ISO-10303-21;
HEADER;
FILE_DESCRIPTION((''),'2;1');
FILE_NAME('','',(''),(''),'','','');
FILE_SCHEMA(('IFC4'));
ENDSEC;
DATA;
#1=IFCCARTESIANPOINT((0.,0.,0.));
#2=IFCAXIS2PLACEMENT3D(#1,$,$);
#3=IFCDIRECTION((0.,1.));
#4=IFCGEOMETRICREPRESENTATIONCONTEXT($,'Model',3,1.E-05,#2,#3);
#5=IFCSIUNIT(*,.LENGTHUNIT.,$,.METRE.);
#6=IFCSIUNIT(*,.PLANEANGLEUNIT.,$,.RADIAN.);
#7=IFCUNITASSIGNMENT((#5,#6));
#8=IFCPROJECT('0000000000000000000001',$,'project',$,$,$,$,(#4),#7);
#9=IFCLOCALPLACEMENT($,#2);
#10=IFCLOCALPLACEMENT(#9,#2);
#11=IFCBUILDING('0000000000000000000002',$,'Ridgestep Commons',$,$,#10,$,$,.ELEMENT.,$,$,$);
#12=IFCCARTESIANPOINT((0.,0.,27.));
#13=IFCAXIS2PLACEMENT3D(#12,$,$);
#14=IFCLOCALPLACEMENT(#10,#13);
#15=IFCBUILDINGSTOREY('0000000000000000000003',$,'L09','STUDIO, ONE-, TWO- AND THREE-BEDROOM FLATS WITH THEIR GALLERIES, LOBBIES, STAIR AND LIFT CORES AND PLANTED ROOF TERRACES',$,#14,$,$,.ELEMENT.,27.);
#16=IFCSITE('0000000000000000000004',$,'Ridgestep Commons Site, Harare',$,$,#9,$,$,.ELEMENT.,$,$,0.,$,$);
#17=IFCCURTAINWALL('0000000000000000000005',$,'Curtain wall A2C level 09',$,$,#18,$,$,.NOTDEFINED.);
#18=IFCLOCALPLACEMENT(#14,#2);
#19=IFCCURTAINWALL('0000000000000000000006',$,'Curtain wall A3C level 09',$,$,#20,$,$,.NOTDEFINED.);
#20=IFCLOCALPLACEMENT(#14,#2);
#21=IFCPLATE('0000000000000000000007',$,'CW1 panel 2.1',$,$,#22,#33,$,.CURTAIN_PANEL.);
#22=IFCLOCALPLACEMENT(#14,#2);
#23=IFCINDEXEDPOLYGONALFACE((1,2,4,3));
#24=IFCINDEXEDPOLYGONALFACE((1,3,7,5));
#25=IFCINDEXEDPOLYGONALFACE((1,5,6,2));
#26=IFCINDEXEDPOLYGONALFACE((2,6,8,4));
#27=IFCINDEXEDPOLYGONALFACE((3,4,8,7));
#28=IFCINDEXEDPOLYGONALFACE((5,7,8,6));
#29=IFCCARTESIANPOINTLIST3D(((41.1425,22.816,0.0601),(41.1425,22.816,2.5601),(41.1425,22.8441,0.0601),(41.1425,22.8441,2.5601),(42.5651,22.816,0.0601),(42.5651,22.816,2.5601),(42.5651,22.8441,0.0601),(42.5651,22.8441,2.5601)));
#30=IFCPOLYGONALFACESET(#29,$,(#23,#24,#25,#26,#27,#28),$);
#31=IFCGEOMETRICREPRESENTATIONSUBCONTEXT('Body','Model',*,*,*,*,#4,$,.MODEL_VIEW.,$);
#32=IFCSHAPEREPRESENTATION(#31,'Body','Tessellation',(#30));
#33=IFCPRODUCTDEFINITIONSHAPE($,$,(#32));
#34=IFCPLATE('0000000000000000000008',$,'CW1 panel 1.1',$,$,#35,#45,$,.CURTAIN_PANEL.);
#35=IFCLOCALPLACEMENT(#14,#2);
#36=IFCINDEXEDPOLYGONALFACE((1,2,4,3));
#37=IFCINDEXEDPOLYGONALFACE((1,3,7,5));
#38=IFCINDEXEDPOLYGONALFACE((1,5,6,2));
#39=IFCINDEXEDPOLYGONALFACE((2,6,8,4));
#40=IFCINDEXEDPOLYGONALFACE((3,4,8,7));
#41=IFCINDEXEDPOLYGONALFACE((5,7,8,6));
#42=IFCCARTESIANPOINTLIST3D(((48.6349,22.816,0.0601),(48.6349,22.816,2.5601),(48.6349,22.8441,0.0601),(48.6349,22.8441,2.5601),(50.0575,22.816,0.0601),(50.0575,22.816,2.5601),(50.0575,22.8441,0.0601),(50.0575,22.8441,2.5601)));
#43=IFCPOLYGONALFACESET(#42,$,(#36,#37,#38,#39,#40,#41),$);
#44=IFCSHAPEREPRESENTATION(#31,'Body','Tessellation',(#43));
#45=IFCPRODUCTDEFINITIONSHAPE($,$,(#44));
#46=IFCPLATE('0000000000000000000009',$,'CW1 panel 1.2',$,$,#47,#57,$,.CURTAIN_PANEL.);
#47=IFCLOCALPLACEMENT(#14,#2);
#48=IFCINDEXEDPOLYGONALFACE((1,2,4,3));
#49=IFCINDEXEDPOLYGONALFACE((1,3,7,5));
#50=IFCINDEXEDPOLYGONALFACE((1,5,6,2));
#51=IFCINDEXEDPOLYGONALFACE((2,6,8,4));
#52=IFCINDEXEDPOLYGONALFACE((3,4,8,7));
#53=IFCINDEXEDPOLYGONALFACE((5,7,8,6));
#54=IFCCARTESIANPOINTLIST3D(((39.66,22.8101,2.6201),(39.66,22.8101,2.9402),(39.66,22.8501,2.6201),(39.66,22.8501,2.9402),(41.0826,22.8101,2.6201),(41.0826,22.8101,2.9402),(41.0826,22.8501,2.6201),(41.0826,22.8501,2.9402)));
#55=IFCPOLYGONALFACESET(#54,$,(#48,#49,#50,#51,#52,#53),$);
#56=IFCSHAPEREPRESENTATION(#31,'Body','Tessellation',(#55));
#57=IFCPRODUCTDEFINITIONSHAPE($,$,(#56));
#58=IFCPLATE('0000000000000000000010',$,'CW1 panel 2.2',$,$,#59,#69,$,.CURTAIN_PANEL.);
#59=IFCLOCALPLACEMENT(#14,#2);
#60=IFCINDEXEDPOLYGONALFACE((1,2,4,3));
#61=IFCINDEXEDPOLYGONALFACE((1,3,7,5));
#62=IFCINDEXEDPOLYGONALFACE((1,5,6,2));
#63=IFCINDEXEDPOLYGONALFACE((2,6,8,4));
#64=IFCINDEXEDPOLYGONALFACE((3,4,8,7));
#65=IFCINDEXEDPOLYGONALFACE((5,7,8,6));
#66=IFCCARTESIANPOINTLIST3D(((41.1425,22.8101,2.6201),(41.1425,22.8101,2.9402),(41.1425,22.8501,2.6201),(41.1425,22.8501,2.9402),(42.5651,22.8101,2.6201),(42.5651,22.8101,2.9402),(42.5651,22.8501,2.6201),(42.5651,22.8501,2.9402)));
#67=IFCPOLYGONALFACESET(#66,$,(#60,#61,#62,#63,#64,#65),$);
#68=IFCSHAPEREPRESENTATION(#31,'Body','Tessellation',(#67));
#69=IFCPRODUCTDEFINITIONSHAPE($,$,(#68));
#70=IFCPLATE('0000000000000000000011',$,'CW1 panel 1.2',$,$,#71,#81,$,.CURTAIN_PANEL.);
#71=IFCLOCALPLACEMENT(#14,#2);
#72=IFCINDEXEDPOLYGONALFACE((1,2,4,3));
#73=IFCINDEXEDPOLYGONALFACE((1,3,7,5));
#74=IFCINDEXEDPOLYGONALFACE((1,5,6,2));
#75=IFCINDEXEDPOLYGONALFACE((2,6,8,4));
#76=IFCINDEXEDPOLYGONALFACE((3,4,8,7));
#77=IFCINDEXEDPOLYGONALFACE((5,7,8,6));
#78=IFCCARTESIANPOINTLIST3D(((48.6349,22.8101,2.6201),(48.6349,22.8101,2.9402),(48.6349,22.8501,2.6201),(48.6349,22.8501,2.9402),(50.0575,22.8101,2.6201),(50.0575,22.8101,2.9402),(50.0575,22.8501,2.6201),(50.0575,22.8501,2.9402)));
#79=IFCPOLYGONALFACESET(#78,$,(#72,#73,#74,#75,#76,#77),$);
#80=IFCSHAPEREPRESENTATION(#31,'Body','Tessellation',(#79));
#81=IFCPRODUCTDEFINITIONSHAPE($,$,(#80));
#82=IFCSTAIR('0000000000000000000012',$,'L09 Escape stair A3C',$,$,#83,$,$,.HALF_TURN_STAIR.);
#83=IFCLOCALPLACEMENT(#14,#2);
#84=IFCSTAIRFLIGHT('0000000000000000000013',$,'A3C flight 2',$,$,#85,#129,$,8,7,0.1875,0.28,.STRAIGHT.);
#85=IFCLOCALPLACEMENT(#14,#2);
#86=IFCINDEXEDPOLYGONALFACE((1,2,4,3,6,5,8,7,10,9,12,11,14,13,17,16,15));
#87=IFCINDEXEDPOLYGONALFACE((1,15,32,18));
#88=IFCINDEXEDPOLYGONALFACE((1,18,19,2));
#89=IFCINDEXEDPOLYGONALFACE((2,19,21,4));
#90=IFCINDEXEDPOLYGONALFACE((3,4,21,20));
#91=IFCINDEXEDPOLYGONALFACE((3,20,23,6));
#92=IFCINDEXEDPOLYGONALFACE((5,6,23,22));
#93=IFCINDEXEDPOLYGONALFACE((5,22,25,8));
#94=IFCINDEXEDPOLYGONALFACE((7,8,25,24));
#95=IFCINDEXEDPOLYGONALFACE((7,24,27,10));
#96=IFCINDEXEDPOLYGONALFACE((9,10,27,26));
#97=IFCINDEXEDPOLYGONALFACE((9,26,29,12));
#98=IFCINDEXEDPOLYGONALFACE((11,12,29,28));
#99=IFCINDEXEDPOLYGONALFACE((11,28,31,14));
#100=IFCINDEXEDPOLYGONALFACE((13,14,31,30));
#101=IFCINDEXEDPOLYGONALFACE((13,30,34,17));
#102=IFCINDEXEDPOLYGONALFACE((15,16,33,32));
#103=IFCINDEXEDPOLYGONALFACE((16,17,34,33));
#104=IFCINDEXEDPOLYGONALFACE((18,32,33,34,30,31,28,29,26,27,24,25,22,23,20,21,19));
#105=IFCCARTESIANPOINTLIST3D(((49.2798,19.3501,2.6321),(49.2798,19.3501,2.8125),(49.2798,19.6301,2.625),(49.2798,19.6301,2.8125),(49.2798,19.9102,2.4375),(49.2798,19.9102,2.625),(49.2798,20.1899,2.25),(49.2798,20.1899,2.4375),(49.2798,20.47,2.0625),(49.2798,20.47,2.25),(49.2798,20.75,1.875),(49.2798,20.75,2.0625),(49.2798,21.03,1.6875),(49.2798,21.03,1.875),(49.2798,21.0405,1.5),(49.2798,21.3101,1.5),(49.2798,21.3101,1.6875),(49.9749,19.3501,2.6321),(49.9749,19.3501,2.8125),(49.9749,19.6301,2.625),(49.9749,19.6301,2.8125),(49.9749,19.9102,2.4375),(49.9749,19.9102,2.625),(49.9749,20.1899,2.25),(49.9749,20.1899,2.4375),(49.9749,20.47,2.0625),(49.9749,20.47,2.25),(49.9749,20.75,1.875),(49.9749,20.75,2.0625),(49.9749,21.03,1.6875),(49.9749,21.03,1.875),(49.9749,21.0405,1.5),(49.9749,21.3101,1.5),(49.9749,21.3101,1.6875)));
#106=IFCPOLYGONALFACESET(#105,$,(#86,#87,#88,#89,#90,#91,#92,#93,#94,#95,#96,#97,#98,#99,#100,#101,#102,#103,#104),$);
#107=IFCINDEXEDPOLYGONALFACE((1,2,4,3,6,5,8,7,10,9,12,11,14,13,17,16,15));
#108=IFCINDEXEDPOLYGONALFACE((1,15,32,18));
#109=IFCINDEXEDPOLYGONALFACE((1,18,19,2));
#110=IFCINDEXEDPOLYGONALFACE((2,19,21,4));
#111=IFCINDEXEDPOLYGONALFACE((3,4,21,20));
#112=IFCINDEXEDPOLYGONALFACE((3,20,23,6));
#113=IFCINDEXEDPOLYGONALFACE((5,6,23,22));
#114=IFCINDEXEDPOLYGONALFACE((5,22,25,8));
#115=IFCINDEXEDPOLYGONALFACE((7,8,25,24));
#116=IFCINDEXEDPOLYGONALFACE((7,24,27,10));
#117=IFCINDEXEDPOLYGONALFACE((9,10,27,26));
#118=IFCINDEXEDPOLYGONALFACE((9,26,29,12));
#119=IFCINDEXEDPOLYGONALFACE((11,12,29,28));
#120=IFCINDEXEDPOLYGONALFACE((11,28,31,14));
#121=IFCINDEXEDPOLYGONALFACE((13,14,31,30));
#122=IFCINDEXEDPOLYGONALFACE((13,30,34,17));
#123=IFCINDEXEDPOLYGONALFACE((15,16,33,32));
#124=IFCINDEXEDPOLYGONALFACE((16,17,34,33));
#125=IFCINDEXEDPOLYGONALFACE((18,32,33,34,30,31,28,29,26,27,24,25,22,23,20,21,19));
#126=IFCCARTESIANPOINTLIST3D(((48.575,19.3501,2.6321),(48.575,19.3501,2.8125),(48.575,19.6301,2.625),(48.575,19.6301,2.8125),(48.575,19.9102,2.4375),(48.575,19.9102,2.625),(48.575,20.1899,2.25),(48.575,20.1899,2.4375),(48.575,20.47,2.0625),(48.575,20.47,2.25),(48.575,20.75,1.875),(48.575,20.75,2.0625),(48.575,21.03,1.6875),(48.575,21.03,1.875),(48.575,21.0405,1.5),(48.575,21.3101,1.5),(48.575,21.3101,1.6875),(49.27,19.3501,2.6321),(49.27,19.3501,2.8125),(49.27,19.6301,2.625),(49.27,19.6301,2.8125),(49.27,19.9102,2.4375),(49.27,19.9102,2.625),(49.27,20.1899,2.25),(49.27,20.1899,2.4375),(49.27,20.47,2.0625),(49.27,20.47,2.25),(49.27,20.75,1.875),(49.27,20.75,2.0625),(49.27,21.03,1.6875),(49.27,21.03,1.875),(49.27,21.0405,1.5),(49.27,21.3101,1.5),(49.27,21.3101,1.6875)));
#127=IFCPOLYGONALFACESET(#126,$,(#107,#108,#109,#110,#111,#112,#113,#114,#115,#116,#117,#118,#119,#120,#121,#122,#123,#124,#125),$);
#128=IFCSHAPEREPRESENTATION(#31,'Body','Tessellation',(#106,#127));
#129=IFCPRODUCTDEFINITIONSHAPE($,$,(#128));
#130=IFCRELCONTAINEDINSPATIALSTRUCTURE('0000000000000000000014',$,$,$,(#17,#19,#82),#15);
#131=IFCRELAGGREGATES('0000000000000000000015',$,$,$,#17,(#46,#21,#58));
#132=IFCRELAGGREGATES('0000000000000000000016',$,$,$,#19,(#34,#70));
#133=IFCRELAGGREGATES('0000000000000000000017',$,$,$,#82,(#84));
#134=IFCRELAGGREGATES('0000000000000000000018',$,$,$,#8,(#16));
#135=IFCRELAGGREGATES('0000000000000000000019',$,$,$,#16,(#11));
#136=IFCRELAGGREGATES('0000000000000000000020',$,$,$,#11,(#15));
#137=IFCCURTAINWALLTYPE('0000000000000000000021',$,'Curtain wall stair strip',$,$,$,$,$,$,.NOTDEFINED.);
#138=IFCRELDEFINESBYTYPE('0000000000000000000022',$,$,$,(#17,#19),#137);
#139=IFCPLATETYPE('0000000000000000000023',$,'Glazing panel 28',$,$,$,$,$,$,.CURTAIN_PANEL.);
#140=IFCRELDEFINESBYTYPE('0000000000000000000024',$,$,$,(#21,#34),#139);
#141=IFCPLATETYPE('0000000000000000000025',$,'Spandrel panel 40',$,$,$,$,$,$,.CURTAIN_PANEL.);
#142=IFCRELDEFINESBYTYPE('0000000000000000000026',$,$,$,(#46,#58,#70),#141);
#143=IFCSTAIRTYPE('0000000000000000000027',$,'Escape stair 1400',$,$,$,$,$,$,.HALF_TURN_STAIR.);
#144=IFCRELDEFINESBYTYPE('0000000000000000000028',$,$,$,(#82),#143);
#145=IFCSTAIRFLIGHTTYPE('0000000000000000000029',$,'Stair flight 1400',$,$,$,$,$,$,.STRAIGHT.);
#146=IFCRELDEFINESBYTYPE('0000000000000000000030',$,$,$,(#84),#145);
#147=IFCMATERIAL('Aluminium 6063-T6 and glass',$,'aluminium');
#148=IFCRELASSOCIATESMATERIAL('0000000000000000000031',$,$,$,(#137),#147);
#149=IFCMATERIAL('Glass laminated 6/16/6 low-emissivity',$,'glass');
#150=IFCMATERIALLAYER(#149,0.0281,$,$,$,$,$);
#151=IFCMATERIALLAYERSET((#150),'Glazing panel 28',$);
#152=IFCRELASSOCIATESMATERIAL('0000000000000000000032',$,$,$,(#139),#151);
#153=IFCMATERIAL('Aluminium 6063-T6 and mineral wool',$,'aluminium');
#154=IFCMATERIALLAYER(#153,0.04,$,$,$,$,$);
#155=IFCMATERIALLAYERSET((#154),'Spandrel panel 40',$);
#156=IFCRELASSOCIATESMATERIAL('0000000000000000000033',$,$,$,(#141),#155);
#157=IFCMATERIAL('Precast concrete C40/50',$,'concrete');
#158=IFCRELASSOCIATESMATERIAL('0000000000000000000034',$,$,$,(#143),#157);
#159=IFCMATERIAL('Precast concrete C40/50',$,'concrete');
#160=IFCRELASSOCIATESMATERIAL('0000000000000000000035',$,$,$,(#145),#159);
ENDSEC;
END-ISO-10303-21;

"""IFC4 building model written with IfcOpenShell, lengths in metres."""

from ifc_helpers import new_model, si_unit, direction, frame, origin, origin_2d, place, context, subcontext, project, spatial, polyline, rectangle, outline, extrude, material, layer, layer_set, type_object, element, aggregate, save


model = new_model("IFC4")

# Units and contexts
model_context = context("Model", 3, precision=1e-05, world=origin(), true_north=direction((0.0, 1.0)))
body_context = subcontext(model_context, "Body", "Model", "MODEL_VIEW")
ifc_project = project(units=[si_unit("LENGTHUNIT", "METRE"), si_unit("PLANEANGLEUNIT", "RADIAN")], contexts=[model_context])

# Site, building, storey
site_placement = place(None, origin())
site = spatial("IfcSite", under=ifc_project, at=site_placement, Name="Ridgestep Commons Site, Harare", CompositionType="ELEMENT", RefElevation=0.0)
building_placement = place(site_placement, origin())
building = spatial("IfcBuilding", under=site, at=building_placement, Name="Ridgestep Commons", CompositionType="ELEMENT")
storey_placement = place(building_placement, frame((0.0, 0.0, 27.0)))
storey = spatial("IfcBuildingStorey", under=building, at=storey_placement, Name="L09", Description="STUDIO, ONE-, TWO- AND THREE-BEDROOM FLATS WITH THEIR GALLERIES, LOBBIES, STAIR AND LIFT CORES AND PLANTED ROOF TERRACES", CompositionType="ELEMENT", Elevation=27.0)

# Curtain walls
ifc_material_1 = material(Name="Aluminium 6063-T6 and glass", Category="aluminium")
curtain_wall_type = type_object("IfcCurtainWallType", Name="Curtain wall stair strip", PredefinedType="NOTDEFINED", material=ifc_material_1)
curtain_wall_1_placement = place(storey_placement, origin())
curtain_wall_1 = element("IfcCurtainWall", 1, at=curtain_wall_1_placement, inside=storey, type_object=curtain_wall_type, Name="Curtain wall A2C level 09", PredefinedType="NOTDEFINED")
curtain_wall_2_placement = place(storey_placement, origin())
curtain_wall_2 = element("IfcCurtainWall", 2, at=curtain_wall_2_placement, inside=storey, type_object=curtain_wall_type, Name="Curtain wall A3C level 09", PredefinedType="NOTDEFINED")

# Plates
ifc_material_2 = material(Name="Glass laminated 6/16/6 low-emissivity", Category="glass")
ifc_layer_1 = layer(ifc_material_2, 0.0281)
ifc_layer_set_1 = layer_set([ifc_layer_1], Name="Glazing panel 28")
plate_type_1 = type_object("IfcPlateType", Name="Glazing panel 28", PredefinedType="CURTAIN_PANEL", material=ifc_layer_set_1)
plate_1_placement = place(storey_placement, frame((41.8538, 22.8301, 0.0601), z_axis=(0.0, 0.0, 1.0), x_axis=(1.0, 0.0, 0.0)))
plate_1 = element("IfcPlate", 3, at=plate_1_placement, type_object=plate_type_1, Name="CW1 panel 2.1", PredefinedType="CURTAIN_PANEL", context=body_context, shape_type="SweptSolid", body=[
    extrude(rectangle(XDim=1.4226, YDim=0.0281, at=origin_2d()), origin(), (0.0, 0.0, 1.0), 2.5),
])
plate_2_placement = place(storey_placement, frame((49.3462, 22.8301, 0.0601), z_axis=(0.0, 0.0, 1.0), x_axis=(1.0, 0.0, 0.0)))
plate_2 = element("IfcPlate", 4, at=plate_2_placement, type_object=plate_type_1, Name="CW1 panel 1.1", PredefinedType="CURTAIN_PANEL", context=body_context, shape_type="SweptSolid", body=[
    extrude(rectangle(XDim=1.4226, YDim=0.0281, at=origin_2d()), origin(), (0.0, 0.0, 1.0), 2.5),
])
ifc_material_3 = material(Name="Aluminium 6063-T6 and mineral wool", Category="aluminium")
ifc_layer_2 = layer(ifc_material_3, 0.04)
ifc_layer_set_2 = layer_set([ifc_layer_2], Name="Spandrel panel 40")
plate_type_2 = type_object("IfcPlateType", Name="Spandrel panel 40", PredefinedType="CURTAIN_PANEL", material=ifc_layer_set_2)
plate_3_placement = place(storey_placement, frame((40.3713, 22.8301, 2.6201), z_axis=(0.0, 0.0, 1.0), x_axis=(1.0, 0.0, 0.0)))
plate_3 = element("IfcPlate", 5, at=plate_3_placement, type_object=plate_type_2, Name="CW1 panel 1.2", PredefinedType="CURTAIN_PANEL", context=body_context, shape_type="SweptSolid", body=[
    extrude(rectangle(XDim=1.4226, YDim=0.04, at=origin_2d()), origin(), (0.0, 0.0, 1.0), 0.3201),
])
plate_4_placement = place(storey_placement, frame((41.8538, 22.8301, 2.6201), z_axis=(0.0, 0.0, 1.0), x_axis=(1.0, 0.0, 0.0)))
plate_4 = element("IfcPlate", 6, at=plate_4_placement, type_object=plate_type_2, Name="CW1 panel 2.2", PredefinedType="CURTAIN_PANEL", context=body_context, shape_type="SweptSolid", body=[
    extrude(rectangle(XDim=1.4226, YDim=0.04, at=origin_2d()), origin(), (0.0, 0.0, 1.0), 0.3201),
])
aggregate(curtain_wall_1, [plate_3, plate_1, plate_4])
plate_5_placement = place(storey_placement, frame((49.3462, 22.8301, 2.6201), z_axis=(0.0, 0.0, 1.0), x_axis=(1.0, 0.0, 0.0)))
plate_5 = element("IfcPlate", 7, at=plate_5_placement, type_object=plate_type_2, Name="CW1 panel 1.2", PredefinedType="CURTAIN_PANEL", context=body_context, shape_type="SweptSolid", body=[
    extrude(rectangle(XDim=1.4226, YDim=0.04, at=origin_2d()), origin(), (0.0, 0.0, 1.0), 0.3201),
])
aggregate(curtain_wall_2, [plate_2, plate_5])

# Stair, stair flight
ifc_material_4 = material(Name="Precast concrete C40/50", Category="concrete")
stair_type = type_object("IfcStairType", Name="Escape stair 1400", PredefinedType="HALF_TURN_STAIR", material=ifc_material_4)
stair_placement = place(storey_placement, origin())
stair = element("IfcStair", 8, at=stair_placement, inside=storey, type_object=stair_type, Name="L09 Escape stair A3C", PredefinedType="HALF_TURN_STAIR")
ifc_material_5 = material(Name="Precast concrete C40/50", Category="concrete")
stair_flight_type = type_object("IfcStairFlightType", Name="Stair flight 1400", PredefinedType="STRAIGHT", material=ifc_material_5)
stair_flight_placement = place(storey_placement, frame((49.2749, 21.3101, 1.5), z_axis=(0.0, 0.0, 1.0), x_axis=(0.0, -1.0, 0.0)))
stair_flight = element("IfcStairFlight", 9, at=stair_flight_placement, type_object=stair_flight_type, Name="A3C flight 2", NumberOfRisers=8, NumberOfTreads=7, PredefinedType="STRAIGHT", RiserHeight=0.1875, TreadLength=0.28, context=body_context, shape_type="SweptSolid", body=[
    extrude(outline(polyline([(0.0, 0.0), (0.0, 0.1875), (0.28, 0.1875), (0.28, 0.375), (0.5601, 0.375), (0.5601, 0.5625), (0.8401, 0.5625), (0.8401, 0.75), (1.1201, 0.75), (1.1201, 0.9375), (1.3999, 0.9375), (1.3999, 1.125), (1.6799, 1.125), (1.6799, 1.3125), (1.96, 1.3125), (1.96, 1.5), (1.96, 1.1321), (0.2695, 0.0), (0.0, 0.0)])), frame((0.0, 0.7, 0.0), z_axis=(0.0, -1.0, 0.0), x_axis=(1.0, 0.0, 0.0)), (0.0, 0.0, 1.0), 0.6951),
    extrude(outline(polyline([(0.0, 0.0), (0.0, 0.1875), (0.28, 0.1875), (0.28, 0.375), (0.5601, 0.375), (0.5601, 0.5625), (0.8401, 0.5625), (0.8401, 0.75), (1.1201, 0.75), (1.1201, 0.9375), (1.3999, 0.9375), (1.3999, 1.125), (1.6799, 1.125), (1.6799, 1.3125), (1.96, 1.3125), (1.96, 1.5), (1.96, 1.1321), (0.2695, 0.0), (0.0, 0.0)])), frame((0.0, -0.0049, 0.0), z_axis=(0.0, -1.0, 0.0), x_axis=(1.0, 0.0, 0.0)), (0.0, 0.0, 1.0), 0.6951),
])
aggregate(stair, [stair_flight])

save(model, "model.ifc")
